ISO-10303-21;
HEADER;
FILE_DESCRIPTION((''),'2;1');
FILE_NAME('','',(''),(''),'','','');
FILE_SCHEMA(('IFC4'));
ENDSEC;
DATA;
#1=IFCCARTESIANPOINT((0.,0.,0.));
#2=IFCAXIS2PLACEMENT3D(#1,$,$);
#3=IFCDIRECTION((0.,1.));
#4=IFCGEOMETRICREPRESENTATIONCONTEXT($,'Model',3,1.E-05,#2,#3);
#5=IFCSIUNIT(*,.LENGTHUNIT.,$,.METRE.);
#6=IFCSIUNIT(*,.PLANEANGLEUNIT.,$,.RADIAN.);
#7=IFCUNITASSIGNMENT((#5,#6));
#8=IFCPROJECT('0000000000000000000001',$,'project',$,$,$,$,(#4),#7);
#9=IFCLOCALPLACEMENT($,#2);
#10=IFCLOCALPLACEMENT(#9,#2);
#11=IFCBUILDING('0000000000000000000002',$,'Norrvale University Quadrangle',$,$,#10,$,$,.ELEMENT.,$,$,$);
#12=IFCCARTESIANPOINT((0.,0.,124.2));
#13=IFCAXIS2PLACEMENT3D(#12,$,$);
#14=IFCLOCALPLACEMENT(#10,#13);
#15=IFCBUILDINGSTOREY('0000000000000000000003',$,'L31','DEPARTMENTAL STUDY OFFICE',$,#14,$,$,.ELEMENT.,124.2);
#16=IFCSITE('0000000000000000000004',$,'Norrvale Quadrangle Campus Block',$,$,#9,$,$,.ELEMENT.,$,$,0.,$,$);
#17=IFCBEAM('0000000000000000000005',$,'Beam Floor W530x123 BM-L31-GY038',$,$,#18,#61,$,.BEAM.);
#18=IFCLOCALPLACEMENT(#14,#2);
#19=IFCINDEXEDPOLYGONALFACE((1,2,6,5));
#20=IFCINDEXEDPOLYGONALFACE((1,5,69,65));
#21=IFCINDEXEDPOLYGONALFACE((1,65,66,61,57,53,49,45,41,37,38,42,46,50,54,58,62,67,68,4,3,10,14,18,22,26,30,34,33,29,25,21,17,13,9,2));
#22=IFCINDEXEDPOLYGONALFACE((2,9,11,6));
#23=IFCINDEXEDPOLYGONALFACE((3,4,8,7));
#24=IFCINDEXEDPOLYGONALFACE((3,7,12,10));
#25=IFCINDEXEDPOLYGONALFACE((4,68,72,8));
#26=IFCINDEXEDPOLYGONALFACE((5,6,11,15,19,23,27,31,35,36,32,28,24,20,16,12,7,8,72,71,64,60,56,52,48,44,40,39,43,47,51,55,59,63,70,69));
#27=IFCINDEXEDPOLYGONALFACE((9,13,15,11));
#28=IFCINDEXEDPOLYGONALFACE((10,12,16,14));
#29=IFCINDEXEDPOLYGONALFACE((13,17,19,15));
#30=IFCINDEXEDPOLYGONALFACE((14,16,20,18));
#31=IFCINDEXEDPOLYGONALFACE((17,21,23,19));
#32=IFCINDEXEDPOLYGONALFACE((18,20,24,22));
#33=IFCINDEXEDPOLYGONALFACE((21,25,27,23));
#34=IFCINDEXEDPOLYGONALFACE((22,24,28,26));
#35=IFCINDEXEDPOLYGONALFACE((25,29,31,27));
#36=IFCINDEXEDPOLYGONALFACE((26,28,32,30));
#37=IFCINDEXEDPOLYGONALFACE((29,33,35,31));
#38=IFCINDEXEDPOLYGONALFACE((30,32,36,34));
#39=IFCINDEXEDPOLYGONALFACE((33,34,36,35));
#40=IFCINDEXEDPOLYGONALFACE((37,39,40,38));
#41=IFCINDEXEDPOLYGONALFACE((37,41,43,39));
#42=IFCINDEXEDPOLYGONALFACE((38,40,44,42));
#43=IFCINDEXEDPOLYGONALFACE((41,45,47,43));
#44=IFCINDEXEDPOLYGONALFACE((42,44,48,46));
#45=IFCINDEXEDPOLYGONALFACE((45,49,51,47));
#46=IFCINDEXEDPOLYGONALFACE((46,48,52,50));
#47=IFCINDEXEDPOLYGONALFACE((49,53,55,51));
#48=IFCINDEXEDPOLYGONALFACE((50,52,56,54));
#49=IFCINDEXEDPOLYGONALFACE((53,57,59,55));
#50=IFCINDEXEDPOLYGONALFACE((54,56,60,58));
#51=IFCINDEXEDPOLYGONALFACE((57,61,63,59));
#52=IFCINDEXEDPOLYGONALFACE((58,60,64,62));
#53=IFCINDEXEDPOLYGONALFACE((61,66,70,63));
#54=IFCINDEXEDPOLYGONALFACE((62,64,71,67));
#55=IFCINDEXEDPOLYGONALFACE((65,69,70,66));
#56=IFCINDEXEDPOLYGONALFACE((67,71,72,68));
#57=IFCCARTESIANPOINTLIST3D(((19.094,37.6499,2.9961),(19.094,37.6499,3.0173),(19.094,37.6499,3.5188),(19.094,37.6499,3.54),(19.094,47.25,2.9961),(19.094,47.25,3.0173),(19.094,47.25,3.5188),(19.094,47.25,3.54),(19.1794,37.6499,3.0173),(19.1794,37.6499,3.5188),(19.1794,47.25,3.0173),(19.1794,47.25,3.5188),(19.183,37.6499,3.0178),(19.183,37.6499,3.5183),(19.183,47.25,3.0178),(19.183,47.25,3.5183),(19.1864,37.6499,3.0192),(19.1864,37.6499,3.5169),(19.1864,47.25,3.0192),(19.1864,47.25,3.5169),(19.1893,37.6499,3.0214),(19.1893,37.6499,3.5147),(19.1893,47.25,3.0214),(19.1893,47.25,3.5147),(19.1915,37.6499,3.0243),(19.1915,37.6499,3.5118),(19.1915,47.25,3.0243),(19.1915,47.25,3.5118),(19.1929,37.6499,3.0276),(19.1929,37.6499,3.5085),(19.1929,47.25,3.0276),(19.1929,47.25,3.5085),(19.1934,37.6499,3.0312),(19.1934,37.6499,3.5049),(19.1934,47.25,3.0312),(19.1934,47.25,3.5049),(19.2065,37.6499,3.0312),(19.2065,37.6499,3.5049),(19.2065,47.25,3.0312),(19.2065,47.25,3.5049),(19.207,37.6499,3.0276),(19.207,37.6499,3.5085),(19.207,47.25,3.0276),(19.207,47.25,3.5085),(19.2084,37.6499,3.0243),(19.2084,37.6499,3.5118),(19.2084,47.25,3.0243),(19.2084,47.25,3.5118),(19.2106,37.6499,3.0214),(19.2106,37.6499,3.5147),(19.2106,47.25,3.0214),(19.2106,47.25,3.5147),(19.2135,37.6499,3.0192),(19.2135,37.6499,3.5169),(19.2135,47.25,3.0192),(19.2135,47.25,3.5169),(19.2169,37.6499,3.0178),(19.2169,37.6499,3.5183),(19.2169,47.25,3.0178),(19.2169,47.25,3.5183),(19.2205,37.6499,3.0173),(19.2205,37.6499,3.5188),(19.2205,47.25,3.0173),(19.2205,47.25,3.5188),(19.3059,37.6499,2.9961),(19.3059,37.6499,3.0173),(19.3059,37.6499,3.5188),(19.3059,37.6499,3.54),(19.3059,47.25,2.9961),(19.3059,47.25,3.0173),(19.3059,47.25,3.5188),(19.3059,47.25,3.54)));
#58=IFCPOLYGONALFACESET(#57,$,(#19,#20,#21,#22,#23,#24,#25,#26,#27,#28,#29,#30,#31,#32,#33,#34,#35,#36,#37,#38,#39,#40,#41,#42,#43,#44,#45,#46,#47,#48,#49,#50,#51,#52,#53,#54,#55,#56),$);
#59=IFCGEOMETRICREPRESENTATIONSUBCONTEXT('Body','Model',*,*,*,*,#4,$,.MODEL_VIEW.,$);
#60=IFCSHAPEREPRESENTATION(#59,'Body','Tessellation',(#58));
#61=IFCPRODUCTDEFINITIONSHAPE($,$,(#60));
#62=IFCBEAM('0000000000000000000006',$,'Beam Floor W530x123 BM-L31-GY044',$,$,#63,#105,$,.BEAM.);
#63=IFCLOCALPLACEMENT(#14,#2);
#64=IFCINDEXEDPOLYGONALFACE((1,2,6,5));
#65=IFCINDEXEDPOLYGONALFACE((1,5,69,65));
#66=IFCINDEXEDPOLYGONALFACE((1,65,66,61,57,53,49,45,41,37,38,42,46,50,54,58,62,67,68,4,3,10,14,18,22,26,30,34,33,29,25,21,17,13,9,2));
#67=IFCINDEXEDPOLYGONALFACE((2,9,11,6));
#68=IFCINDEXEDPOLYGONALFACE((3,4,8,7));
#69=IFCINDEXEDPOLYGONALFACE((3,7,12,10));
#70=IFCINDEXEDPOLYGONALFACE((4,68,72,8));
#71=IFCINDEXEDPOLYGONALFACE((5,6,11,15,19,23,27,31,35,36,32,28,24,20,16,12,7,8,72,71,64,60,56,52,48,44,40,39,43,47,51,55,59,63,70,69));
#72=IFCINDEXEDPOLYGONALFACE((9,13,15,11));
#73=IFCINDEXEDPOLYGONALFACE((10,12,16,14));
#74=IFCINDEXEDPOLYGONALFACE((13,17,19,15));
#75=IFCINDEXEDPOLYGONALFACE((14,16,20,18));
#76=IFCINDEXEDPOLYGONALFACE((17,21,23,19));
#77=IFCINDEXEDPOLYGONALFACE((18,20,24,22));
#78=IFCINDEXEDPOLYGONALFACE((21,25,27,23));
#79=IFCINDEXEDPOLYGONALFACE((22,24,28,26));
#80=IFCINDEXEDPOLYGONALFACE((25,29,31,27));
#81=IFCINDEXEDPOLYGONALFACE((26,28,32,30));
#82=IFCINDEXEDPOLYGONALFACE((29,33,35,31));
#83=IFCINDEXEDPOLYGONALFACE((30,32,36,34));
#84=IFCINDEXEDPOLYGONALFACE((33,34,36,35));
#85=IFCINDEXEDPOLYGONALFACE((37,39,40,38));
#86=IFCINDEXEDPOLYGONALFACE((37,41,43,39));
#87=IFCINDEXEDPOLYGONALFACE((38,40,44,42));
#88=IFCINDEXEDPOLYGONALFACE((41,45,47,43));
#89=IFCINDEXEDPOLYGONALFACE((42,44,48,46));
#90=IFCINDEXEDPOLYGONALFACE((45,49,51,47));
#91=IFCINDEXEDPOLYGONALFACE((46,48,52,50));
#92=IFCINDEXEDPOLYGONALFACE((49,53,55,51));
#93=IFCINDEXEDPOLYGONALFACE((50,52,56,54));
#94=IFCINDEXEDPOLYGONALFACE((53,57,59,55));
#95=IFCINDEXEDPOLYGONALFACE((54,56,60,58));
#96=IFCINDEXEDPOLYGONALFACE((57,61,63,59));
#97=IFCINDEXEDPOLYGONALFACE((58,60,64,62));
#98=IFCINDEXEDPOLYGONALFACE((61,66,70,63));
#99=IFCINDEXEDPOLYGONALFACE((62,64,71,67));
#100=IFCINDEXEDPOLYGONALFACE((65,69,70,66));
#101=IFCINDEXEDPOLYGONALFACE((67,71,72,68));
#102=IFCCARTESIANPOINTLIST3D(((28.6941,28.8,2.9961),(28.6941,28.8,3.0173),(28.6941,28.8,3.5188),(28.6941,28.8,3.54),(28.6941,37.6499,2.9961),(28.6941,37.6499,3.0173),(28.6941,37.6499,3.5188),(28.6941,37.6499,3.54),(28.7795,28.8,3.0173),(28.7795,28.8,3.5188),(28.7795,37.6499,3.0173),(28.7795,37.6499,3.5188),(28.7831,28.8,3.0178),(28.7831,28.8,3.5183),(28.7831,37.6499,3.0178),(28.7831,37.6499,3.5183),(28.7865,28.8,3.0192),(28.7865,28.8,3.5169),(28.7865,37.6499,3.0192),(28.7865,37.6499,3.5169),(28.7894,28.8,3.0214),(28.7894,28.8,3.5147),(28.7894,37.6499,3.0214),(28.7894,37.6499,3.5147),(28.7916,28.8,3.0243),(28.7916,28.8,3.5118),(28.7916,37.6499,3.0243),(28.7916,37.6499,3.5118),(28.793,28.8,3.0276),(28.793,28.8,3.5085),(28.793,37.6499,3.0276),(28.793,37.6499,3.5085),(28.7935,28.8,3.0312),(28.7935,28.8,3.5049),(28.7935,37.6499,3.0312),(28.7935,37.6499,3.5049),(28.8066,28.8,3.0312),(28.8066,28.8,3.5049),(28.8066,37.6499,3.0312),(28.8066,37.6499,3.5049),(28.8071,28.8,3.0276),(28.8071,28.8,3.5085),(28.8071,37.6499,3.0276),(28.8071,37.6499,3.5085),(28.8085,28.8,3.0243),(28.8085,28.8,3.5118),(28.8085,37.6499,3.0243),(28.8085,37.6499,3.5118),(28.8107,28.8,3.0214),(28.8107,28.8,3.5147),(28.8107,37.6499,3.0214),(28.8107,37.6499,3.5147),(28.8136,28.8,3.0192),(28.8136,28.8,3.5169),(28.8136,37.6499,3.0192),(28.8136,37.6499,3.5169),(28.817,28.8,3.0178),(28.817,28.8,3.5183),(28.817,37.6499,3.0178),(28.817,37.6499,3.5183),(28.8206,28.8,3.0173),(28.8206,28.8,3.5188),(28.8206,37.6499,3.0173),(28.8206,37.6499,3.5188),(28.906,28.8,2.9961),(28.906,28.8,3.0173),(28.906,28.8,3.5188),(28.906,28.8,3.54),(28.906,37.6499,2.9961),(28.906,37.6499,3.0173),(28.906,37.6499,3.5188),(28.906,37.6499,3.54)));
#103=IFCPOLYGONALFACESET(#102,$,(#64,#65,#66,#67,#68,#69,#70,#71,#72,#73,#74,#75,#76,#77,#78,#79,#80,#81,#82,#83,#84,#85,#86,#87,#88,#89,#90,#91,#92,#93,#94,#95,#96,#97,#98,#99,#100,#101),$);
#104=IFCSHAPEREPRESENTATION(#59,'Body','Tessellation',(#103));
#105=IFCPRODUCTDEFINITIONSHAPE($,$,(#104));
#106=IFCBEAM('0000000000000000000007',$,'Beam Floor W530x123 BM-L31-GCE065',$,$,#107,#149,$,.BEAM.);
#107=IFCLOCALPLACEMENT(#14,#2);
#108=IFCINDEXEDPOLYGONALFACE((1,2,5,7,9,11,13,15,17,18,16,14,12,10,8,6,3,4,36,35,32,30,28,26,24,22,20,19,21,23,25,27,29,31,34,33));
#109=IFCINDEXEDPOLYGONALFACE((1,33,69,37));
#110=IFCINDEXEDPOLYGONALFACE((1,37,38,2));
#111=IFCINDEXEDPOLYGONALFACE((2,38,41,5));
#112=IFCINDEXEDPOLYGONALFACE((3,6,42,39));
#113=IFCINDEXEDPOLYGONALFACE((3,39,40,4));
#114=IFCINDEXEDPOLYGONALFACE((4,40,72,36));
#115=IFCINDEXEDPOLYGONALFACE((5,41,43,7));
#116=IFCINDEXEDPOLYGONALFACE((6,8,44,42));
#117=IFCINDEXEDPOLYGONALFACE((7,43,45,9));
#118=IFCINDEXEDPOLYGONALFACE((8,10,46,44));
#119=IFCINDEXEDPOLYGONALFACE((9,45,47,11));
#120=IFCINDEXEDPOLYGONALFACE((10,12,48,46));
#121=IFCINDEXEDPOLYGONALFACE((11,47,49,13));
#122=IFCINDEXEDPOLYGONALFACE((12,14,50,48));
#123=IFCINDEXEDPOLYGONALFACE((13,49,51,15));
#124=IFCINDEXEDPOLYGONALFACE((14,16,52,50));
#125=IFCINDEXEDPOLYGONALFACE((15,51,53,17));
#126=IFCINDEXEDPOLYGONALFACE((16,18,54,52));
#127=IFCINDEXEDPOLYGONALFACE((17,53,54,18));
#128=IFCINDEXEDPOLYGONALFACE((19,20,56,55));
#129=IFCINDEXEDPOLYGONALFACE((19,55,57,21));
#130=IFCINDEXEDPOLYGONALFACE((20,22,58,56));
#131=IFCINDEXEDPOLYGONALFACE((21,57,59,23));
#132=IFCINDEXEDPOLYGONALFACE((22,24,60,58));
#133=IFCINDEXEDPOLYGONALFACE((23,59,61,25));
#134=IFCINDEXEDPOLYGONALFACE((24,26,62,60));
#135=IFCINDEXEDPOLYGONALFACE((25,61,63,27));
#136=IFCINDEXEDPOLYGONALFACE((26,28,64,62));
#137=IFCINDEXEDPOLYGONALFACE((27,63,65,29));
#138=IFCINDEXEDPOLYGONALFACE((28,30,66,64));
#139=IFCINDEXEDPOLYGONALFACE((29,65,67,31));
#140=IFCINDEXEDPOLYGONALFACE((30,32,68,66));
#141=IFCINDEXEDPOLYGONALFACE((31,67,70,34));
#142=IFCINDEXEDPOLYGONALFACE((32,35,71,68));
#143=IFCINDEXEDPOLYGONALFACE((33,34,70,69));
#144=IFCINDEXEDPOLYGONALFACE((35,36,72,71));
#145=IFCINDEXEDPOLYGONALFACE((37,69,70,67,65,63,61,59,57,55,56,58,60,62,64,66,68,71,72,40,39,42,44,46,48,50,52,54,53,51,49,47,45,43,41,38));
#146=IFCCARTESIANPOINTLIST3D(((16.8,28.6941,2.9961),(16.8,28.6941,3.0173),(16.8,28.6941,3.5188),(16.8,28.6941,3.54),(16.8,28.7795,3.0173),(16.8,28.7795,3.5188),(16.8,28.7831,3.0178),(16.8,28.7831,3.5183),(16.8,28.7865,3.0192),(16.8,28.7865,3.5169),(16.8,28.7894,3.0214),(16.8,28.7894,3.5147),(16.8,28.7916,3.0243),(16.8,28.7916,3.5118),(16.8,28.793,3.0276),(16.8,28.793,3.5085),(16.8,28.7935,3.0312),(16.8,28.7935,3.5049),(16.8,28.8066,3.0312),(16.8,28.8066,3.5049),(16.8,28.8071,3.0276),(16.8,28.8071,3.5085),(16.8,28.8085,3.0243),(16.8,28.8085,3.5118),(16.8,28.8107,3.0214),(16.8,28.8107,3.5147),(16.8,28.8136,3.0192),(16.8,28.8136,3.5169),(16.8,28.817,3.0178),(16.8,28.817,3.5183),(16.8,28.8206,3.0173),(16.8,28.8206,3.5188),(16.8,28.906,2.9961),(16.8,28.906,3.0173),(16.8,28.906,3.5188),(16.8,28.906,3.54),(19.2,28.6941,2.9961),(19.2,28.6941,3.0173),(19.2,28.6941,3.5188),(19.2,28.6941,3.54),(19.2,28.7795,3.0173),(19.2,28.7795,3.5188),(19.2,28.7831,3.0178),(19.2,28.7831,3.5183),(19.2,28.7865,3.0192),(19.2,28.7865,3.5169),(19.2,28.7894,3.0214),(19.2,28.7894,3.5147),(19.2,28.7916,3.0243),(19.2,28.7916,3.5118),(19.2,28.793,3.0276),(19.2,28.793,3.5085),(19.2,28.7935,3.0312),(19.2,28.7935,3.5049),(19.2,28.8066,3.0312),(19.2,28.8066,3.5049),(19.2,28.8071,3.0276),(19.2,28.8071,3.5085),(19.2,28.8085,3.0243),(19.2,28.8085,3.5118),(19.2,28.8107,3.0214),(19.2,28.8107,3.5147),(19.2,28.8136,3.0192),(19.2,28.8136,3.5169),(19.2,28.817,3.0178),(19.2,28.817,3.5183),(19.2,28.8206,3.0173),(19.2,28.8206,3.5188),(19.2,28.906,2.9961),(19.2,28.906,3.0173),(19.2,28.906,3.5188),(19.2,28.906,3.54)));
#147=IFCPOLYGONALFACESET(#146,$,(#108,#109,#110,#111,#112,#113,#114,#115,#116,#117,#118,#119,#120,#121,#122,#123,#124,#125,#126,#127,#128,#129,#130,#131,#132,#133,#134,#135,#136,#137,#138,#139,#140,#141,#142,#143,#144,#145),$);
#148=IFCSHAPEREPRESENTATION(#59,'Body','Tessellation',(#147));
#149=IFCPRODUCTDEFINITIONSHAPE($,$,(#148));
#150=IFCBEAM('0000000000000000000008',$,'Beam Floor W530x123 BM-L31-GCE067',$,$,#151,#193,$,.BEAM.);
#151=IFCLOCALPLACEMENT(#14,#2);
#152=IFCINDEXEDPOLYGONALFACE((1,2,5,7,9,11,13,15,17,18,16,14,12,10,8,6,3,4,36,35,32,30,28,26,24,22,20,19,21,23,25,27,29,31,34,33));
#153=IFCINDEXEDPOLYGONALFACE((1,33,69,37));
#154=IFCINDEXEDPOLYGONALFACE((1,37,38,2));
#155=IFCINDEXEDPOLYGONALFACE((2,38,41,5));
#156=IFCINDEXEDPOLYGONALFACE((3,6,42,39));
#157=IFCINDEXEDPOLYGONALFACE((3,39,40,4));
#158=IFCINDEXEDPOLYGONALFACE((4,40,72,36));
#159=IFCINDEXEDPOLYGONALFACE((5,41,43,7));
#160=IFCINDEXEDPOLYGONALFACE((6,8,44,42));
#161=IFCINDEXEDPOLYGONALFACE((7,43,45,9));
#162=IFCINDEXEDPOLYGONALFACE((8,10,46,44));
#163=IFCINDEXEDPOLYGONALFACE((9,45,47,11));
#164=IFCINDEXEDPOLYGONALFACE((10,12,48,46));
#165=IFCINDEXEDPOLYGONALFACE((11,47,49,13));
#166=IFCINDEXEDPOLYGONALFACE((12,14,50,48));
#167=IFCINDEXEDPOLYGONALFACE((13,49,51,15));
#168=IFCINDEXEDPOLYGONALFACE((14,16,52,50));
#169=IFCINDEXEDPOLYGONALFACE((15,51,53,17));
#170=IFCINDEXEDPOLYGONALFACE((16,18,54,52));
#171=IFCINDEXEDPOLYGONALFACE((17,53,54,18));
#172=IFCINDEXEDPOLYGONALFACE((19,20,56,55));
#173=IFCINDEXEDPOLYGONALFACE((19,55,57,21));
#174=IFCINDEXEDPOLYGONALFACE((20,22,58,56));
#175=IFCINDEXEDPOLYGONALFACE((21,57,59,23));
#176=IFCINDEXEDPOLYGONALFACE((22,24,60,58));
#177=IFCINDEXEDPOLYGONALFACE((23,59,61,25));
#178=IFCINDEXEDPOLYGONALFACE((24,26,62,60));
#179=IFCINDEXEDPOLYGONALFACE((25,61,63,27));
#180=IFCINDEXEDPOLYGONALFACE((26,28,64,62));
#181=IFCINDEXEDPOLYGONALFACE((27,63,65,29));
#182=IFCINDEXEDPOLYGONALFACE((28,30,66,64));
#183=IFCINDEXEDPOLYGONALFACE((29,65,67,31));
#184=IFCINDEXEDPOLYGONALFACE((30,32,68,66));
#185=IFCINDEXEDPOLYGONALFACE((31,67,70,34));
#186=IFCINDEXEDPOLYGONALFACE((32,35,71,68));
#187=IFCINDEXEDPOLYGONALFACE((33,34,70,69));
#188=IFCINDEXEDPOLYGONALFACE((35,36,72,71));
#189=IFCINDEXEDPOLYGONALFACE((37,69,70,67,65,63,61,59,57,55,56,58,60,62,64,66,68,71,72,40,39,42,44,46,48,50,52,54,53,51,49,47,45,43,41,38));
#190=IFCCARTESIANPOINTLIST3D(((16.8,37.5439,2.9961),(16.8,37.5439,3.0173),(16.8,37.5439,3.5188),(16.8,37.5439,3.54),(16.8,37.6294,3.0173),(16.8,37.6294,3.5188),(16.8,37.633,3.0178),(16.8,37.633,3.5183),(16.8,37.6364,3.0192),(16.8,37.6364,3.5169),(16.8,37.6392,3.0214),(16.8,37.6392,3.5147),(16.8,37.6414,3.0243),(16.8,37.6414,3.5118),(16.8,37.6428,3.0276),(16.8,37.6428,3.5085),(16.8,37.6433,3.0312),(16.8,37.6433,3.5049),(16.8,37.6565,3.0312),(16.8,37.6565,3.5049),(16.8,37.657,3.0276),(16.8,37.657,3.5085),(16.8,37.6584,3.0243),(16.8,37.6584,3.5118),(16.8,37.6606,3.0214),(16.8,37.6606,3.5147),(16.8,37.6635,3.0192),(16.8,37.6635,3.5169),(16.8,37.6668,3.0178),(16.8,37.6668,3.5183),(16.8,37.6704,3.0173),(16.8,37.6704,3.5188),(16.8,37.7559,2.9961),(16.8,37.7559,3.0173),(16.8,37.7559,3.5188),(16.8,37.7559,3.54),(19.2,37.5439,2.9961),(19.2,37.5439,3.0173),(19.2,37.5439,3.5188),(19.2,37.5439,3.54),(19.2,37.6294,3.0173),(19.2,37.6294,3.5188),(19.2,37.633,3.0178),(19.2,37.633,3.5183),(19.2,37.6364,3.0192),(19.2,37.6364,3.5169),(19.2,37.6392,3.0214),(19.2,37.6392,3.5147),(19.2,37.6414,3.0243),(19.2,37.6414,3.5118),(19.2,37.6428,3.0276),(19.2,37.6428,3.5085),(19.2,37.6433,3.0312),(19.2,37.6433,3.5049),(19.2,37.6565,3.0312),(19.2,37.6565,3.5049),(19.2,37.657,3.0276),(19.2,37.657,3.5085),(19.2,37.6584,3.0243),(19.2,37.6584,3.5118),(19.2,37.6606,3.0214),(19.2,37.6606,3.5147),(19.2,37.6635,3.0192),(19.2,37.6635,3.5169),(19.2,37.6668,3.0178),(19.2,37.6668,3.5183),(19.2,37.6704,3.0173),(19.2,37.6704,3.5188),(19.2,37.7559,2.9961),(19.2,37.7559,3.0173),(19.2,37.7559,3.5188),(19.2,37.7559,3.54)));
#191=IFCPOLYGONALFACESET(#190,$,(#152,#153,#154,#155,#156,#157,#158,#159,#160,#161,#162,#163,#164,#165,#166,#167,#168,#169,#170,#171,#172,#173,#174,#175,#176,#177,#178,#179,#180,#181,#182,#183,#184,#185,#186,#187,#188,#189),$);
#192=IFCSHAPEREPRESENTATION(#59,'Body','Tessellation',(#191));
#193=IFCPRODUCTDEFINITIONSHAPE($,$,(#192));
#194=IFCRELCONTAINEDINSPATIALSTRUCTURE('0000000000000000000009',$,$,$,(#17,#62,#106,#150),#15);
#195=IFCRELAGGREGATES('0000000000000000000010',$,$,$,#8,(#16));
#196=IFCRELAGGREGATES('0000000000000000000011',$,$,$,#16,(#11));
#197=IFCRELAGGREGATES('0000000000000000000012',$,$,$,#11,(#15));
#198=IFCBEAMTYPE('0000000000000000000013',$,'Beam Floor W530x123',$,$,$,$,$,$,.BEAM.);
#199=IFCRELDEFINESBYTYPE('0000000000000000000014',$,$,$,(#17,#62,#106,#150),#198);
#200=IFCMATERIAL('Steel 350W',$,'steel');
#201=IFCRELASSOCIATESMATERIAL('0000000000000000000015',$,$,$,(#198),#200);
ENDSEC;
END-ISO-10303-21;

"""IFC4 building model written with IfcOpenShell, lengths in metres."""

from ifc_helpers import new_model, si_unit, direction, frame, origin, origin_2d, place, context, subcontext, project, spatial, i_section, extrude, material, material_profile, profile_set, type_object, element, save


model = new_model("IFC4")

# Units and contexts
model_context = context("Model", 3, precision=1e-05, world=origin(), true_north=direction((0.0, 1.0)))
body_context = subcontext(model_context, "Body", "Model", "MODEL_VIEW")
ifc_project = project(units=[si_unit("LENGTHUNIT", "METRE"), si_unit("PLANEANGLEUNIT", "RADIAN")], contexts=[model_context])

# Site, building, storey
site_placement = place(None, origin())
site = spatial("IfcSite", under=ifc_project, at=site_placement, Name="Norrvale Quadrangle Campus Block", CompositionType="ELEMENT", RefElevation=0.0)
building_placement = place(site_placement, origin())
building = spatial("IfcBuilding", under=site, at=building_placement, Name="Norrvale University Quadrangle", CompositionType="ELEMENT")
storey_placement = place(building_placement, frame((0.0, 0.0, 124.2)))
storey = spatial("IfcBuildingStorey", under=building, at=storey_placement, Name="L31", Description="DEPARTMENTAL STUDY OFFICE", CompositionType="ELEMENT", Elevation=124.2)

# Beams
ifc_material_1 = material(Name="Steel 350W", Category="steel")
ifc_material_profile_1 = material_profile(ifc_material_1, i_section(OverallWidth=0.2119, OverallDepth=0.5439, WebThickness=0.0132, FlangeThickness=0.0212, FilletRadius=0.0139, at=origin_2d()), Name="Steel 350W")
ifc_profile_set_1 = profile_set([ifc_material_profile_1], Name="Steel 350W")
beam_type_1 = type_object("IfcBeamType", Name="Beam Floor W530x123", PredefinedType="BEAM", material=ifc_profile_set_1)
beam_1_placement = place(storey_placement, frame((19.2, 37.6499, 3.2681), z_axis=(0.0, 1.0, 0.0), x_axis=(-1.0, 0.0, 0.0)))
element("IfcBeam", 1, at=beam_1_placement, inside=storey, type_object=beam_type_1, Name="Beam Floor W530x123 BM-L31-GY038", PredefinedType="BEAM", context=body_context, shape_type="SweptSolid", body=[
    extrude(i_section(OverallWidth=0.2119, OverallDepth=0.5439, WebThickness=0.0132, FlangeThickness=0.0212, FilletRadius=0.0139, at=origin_2d()), origin(), (0.0, 0.0, 1.0), 9.6001),
])
beam_2_placement = place(storey_placement, frame((28.8, 28.8, 3.2681), z_axis=(0.0, 1.0, 0.0), x_axis=(-1.0, 0.0, 0.0)))
element("IfcBeam", 2, at=beam_2_placement, inside=storey, type_object=beam_type_1, Name="Beam Floor W530x123 BM-L31-GY044", PredefinedType="BEAM", context=body_context, shape_type="SweptSolid", body=[
    extrude(i_section(OverallWidth=0.2119, OverallDepth=0.5439, WebThickness=0.0132, FlangeThickness=0.0212, FilletRadius=0.0139, at=origin_2d()), origin(), (0.0, 0.0, 1.0), 8.8499),
])
for number, where, z_axis, x_axis, name in (
    (3, (16.8, 28.8, 3.2681), (1.0, 0.0, 0.0), (0.0, 1.0, 0.0), "Beam Floor W530x123 BM-L31-GCE065"),
    (4, (16.8, 37.6499, 3.2681), (1.0, 0.0, 0.0), (0.0, 1.0, 0.0), "Beam Floor W530x123 BM-L31-GCE067"),
):
    element("IfcBeam", number, at=place(storey_placement, frame(where, z_axis=z_axis, x_axis=x_axis)), inside=storey, type_object=beam_type_1, Name=name, PredefinedType="BEAM", context=body_context, shape_type="SweptSolid", body=[
        extrude(i_section(OverallWidth=0.2119, OverallDepth=0.5439, WebThickness=0.0132, FlangeThickness=0.0212, FilletRadius=0.0139, at=origin_2d()), origin(), (0.0, 0.0, 1.0), 2.3999),
    ])

save(model, "model.ifc")
